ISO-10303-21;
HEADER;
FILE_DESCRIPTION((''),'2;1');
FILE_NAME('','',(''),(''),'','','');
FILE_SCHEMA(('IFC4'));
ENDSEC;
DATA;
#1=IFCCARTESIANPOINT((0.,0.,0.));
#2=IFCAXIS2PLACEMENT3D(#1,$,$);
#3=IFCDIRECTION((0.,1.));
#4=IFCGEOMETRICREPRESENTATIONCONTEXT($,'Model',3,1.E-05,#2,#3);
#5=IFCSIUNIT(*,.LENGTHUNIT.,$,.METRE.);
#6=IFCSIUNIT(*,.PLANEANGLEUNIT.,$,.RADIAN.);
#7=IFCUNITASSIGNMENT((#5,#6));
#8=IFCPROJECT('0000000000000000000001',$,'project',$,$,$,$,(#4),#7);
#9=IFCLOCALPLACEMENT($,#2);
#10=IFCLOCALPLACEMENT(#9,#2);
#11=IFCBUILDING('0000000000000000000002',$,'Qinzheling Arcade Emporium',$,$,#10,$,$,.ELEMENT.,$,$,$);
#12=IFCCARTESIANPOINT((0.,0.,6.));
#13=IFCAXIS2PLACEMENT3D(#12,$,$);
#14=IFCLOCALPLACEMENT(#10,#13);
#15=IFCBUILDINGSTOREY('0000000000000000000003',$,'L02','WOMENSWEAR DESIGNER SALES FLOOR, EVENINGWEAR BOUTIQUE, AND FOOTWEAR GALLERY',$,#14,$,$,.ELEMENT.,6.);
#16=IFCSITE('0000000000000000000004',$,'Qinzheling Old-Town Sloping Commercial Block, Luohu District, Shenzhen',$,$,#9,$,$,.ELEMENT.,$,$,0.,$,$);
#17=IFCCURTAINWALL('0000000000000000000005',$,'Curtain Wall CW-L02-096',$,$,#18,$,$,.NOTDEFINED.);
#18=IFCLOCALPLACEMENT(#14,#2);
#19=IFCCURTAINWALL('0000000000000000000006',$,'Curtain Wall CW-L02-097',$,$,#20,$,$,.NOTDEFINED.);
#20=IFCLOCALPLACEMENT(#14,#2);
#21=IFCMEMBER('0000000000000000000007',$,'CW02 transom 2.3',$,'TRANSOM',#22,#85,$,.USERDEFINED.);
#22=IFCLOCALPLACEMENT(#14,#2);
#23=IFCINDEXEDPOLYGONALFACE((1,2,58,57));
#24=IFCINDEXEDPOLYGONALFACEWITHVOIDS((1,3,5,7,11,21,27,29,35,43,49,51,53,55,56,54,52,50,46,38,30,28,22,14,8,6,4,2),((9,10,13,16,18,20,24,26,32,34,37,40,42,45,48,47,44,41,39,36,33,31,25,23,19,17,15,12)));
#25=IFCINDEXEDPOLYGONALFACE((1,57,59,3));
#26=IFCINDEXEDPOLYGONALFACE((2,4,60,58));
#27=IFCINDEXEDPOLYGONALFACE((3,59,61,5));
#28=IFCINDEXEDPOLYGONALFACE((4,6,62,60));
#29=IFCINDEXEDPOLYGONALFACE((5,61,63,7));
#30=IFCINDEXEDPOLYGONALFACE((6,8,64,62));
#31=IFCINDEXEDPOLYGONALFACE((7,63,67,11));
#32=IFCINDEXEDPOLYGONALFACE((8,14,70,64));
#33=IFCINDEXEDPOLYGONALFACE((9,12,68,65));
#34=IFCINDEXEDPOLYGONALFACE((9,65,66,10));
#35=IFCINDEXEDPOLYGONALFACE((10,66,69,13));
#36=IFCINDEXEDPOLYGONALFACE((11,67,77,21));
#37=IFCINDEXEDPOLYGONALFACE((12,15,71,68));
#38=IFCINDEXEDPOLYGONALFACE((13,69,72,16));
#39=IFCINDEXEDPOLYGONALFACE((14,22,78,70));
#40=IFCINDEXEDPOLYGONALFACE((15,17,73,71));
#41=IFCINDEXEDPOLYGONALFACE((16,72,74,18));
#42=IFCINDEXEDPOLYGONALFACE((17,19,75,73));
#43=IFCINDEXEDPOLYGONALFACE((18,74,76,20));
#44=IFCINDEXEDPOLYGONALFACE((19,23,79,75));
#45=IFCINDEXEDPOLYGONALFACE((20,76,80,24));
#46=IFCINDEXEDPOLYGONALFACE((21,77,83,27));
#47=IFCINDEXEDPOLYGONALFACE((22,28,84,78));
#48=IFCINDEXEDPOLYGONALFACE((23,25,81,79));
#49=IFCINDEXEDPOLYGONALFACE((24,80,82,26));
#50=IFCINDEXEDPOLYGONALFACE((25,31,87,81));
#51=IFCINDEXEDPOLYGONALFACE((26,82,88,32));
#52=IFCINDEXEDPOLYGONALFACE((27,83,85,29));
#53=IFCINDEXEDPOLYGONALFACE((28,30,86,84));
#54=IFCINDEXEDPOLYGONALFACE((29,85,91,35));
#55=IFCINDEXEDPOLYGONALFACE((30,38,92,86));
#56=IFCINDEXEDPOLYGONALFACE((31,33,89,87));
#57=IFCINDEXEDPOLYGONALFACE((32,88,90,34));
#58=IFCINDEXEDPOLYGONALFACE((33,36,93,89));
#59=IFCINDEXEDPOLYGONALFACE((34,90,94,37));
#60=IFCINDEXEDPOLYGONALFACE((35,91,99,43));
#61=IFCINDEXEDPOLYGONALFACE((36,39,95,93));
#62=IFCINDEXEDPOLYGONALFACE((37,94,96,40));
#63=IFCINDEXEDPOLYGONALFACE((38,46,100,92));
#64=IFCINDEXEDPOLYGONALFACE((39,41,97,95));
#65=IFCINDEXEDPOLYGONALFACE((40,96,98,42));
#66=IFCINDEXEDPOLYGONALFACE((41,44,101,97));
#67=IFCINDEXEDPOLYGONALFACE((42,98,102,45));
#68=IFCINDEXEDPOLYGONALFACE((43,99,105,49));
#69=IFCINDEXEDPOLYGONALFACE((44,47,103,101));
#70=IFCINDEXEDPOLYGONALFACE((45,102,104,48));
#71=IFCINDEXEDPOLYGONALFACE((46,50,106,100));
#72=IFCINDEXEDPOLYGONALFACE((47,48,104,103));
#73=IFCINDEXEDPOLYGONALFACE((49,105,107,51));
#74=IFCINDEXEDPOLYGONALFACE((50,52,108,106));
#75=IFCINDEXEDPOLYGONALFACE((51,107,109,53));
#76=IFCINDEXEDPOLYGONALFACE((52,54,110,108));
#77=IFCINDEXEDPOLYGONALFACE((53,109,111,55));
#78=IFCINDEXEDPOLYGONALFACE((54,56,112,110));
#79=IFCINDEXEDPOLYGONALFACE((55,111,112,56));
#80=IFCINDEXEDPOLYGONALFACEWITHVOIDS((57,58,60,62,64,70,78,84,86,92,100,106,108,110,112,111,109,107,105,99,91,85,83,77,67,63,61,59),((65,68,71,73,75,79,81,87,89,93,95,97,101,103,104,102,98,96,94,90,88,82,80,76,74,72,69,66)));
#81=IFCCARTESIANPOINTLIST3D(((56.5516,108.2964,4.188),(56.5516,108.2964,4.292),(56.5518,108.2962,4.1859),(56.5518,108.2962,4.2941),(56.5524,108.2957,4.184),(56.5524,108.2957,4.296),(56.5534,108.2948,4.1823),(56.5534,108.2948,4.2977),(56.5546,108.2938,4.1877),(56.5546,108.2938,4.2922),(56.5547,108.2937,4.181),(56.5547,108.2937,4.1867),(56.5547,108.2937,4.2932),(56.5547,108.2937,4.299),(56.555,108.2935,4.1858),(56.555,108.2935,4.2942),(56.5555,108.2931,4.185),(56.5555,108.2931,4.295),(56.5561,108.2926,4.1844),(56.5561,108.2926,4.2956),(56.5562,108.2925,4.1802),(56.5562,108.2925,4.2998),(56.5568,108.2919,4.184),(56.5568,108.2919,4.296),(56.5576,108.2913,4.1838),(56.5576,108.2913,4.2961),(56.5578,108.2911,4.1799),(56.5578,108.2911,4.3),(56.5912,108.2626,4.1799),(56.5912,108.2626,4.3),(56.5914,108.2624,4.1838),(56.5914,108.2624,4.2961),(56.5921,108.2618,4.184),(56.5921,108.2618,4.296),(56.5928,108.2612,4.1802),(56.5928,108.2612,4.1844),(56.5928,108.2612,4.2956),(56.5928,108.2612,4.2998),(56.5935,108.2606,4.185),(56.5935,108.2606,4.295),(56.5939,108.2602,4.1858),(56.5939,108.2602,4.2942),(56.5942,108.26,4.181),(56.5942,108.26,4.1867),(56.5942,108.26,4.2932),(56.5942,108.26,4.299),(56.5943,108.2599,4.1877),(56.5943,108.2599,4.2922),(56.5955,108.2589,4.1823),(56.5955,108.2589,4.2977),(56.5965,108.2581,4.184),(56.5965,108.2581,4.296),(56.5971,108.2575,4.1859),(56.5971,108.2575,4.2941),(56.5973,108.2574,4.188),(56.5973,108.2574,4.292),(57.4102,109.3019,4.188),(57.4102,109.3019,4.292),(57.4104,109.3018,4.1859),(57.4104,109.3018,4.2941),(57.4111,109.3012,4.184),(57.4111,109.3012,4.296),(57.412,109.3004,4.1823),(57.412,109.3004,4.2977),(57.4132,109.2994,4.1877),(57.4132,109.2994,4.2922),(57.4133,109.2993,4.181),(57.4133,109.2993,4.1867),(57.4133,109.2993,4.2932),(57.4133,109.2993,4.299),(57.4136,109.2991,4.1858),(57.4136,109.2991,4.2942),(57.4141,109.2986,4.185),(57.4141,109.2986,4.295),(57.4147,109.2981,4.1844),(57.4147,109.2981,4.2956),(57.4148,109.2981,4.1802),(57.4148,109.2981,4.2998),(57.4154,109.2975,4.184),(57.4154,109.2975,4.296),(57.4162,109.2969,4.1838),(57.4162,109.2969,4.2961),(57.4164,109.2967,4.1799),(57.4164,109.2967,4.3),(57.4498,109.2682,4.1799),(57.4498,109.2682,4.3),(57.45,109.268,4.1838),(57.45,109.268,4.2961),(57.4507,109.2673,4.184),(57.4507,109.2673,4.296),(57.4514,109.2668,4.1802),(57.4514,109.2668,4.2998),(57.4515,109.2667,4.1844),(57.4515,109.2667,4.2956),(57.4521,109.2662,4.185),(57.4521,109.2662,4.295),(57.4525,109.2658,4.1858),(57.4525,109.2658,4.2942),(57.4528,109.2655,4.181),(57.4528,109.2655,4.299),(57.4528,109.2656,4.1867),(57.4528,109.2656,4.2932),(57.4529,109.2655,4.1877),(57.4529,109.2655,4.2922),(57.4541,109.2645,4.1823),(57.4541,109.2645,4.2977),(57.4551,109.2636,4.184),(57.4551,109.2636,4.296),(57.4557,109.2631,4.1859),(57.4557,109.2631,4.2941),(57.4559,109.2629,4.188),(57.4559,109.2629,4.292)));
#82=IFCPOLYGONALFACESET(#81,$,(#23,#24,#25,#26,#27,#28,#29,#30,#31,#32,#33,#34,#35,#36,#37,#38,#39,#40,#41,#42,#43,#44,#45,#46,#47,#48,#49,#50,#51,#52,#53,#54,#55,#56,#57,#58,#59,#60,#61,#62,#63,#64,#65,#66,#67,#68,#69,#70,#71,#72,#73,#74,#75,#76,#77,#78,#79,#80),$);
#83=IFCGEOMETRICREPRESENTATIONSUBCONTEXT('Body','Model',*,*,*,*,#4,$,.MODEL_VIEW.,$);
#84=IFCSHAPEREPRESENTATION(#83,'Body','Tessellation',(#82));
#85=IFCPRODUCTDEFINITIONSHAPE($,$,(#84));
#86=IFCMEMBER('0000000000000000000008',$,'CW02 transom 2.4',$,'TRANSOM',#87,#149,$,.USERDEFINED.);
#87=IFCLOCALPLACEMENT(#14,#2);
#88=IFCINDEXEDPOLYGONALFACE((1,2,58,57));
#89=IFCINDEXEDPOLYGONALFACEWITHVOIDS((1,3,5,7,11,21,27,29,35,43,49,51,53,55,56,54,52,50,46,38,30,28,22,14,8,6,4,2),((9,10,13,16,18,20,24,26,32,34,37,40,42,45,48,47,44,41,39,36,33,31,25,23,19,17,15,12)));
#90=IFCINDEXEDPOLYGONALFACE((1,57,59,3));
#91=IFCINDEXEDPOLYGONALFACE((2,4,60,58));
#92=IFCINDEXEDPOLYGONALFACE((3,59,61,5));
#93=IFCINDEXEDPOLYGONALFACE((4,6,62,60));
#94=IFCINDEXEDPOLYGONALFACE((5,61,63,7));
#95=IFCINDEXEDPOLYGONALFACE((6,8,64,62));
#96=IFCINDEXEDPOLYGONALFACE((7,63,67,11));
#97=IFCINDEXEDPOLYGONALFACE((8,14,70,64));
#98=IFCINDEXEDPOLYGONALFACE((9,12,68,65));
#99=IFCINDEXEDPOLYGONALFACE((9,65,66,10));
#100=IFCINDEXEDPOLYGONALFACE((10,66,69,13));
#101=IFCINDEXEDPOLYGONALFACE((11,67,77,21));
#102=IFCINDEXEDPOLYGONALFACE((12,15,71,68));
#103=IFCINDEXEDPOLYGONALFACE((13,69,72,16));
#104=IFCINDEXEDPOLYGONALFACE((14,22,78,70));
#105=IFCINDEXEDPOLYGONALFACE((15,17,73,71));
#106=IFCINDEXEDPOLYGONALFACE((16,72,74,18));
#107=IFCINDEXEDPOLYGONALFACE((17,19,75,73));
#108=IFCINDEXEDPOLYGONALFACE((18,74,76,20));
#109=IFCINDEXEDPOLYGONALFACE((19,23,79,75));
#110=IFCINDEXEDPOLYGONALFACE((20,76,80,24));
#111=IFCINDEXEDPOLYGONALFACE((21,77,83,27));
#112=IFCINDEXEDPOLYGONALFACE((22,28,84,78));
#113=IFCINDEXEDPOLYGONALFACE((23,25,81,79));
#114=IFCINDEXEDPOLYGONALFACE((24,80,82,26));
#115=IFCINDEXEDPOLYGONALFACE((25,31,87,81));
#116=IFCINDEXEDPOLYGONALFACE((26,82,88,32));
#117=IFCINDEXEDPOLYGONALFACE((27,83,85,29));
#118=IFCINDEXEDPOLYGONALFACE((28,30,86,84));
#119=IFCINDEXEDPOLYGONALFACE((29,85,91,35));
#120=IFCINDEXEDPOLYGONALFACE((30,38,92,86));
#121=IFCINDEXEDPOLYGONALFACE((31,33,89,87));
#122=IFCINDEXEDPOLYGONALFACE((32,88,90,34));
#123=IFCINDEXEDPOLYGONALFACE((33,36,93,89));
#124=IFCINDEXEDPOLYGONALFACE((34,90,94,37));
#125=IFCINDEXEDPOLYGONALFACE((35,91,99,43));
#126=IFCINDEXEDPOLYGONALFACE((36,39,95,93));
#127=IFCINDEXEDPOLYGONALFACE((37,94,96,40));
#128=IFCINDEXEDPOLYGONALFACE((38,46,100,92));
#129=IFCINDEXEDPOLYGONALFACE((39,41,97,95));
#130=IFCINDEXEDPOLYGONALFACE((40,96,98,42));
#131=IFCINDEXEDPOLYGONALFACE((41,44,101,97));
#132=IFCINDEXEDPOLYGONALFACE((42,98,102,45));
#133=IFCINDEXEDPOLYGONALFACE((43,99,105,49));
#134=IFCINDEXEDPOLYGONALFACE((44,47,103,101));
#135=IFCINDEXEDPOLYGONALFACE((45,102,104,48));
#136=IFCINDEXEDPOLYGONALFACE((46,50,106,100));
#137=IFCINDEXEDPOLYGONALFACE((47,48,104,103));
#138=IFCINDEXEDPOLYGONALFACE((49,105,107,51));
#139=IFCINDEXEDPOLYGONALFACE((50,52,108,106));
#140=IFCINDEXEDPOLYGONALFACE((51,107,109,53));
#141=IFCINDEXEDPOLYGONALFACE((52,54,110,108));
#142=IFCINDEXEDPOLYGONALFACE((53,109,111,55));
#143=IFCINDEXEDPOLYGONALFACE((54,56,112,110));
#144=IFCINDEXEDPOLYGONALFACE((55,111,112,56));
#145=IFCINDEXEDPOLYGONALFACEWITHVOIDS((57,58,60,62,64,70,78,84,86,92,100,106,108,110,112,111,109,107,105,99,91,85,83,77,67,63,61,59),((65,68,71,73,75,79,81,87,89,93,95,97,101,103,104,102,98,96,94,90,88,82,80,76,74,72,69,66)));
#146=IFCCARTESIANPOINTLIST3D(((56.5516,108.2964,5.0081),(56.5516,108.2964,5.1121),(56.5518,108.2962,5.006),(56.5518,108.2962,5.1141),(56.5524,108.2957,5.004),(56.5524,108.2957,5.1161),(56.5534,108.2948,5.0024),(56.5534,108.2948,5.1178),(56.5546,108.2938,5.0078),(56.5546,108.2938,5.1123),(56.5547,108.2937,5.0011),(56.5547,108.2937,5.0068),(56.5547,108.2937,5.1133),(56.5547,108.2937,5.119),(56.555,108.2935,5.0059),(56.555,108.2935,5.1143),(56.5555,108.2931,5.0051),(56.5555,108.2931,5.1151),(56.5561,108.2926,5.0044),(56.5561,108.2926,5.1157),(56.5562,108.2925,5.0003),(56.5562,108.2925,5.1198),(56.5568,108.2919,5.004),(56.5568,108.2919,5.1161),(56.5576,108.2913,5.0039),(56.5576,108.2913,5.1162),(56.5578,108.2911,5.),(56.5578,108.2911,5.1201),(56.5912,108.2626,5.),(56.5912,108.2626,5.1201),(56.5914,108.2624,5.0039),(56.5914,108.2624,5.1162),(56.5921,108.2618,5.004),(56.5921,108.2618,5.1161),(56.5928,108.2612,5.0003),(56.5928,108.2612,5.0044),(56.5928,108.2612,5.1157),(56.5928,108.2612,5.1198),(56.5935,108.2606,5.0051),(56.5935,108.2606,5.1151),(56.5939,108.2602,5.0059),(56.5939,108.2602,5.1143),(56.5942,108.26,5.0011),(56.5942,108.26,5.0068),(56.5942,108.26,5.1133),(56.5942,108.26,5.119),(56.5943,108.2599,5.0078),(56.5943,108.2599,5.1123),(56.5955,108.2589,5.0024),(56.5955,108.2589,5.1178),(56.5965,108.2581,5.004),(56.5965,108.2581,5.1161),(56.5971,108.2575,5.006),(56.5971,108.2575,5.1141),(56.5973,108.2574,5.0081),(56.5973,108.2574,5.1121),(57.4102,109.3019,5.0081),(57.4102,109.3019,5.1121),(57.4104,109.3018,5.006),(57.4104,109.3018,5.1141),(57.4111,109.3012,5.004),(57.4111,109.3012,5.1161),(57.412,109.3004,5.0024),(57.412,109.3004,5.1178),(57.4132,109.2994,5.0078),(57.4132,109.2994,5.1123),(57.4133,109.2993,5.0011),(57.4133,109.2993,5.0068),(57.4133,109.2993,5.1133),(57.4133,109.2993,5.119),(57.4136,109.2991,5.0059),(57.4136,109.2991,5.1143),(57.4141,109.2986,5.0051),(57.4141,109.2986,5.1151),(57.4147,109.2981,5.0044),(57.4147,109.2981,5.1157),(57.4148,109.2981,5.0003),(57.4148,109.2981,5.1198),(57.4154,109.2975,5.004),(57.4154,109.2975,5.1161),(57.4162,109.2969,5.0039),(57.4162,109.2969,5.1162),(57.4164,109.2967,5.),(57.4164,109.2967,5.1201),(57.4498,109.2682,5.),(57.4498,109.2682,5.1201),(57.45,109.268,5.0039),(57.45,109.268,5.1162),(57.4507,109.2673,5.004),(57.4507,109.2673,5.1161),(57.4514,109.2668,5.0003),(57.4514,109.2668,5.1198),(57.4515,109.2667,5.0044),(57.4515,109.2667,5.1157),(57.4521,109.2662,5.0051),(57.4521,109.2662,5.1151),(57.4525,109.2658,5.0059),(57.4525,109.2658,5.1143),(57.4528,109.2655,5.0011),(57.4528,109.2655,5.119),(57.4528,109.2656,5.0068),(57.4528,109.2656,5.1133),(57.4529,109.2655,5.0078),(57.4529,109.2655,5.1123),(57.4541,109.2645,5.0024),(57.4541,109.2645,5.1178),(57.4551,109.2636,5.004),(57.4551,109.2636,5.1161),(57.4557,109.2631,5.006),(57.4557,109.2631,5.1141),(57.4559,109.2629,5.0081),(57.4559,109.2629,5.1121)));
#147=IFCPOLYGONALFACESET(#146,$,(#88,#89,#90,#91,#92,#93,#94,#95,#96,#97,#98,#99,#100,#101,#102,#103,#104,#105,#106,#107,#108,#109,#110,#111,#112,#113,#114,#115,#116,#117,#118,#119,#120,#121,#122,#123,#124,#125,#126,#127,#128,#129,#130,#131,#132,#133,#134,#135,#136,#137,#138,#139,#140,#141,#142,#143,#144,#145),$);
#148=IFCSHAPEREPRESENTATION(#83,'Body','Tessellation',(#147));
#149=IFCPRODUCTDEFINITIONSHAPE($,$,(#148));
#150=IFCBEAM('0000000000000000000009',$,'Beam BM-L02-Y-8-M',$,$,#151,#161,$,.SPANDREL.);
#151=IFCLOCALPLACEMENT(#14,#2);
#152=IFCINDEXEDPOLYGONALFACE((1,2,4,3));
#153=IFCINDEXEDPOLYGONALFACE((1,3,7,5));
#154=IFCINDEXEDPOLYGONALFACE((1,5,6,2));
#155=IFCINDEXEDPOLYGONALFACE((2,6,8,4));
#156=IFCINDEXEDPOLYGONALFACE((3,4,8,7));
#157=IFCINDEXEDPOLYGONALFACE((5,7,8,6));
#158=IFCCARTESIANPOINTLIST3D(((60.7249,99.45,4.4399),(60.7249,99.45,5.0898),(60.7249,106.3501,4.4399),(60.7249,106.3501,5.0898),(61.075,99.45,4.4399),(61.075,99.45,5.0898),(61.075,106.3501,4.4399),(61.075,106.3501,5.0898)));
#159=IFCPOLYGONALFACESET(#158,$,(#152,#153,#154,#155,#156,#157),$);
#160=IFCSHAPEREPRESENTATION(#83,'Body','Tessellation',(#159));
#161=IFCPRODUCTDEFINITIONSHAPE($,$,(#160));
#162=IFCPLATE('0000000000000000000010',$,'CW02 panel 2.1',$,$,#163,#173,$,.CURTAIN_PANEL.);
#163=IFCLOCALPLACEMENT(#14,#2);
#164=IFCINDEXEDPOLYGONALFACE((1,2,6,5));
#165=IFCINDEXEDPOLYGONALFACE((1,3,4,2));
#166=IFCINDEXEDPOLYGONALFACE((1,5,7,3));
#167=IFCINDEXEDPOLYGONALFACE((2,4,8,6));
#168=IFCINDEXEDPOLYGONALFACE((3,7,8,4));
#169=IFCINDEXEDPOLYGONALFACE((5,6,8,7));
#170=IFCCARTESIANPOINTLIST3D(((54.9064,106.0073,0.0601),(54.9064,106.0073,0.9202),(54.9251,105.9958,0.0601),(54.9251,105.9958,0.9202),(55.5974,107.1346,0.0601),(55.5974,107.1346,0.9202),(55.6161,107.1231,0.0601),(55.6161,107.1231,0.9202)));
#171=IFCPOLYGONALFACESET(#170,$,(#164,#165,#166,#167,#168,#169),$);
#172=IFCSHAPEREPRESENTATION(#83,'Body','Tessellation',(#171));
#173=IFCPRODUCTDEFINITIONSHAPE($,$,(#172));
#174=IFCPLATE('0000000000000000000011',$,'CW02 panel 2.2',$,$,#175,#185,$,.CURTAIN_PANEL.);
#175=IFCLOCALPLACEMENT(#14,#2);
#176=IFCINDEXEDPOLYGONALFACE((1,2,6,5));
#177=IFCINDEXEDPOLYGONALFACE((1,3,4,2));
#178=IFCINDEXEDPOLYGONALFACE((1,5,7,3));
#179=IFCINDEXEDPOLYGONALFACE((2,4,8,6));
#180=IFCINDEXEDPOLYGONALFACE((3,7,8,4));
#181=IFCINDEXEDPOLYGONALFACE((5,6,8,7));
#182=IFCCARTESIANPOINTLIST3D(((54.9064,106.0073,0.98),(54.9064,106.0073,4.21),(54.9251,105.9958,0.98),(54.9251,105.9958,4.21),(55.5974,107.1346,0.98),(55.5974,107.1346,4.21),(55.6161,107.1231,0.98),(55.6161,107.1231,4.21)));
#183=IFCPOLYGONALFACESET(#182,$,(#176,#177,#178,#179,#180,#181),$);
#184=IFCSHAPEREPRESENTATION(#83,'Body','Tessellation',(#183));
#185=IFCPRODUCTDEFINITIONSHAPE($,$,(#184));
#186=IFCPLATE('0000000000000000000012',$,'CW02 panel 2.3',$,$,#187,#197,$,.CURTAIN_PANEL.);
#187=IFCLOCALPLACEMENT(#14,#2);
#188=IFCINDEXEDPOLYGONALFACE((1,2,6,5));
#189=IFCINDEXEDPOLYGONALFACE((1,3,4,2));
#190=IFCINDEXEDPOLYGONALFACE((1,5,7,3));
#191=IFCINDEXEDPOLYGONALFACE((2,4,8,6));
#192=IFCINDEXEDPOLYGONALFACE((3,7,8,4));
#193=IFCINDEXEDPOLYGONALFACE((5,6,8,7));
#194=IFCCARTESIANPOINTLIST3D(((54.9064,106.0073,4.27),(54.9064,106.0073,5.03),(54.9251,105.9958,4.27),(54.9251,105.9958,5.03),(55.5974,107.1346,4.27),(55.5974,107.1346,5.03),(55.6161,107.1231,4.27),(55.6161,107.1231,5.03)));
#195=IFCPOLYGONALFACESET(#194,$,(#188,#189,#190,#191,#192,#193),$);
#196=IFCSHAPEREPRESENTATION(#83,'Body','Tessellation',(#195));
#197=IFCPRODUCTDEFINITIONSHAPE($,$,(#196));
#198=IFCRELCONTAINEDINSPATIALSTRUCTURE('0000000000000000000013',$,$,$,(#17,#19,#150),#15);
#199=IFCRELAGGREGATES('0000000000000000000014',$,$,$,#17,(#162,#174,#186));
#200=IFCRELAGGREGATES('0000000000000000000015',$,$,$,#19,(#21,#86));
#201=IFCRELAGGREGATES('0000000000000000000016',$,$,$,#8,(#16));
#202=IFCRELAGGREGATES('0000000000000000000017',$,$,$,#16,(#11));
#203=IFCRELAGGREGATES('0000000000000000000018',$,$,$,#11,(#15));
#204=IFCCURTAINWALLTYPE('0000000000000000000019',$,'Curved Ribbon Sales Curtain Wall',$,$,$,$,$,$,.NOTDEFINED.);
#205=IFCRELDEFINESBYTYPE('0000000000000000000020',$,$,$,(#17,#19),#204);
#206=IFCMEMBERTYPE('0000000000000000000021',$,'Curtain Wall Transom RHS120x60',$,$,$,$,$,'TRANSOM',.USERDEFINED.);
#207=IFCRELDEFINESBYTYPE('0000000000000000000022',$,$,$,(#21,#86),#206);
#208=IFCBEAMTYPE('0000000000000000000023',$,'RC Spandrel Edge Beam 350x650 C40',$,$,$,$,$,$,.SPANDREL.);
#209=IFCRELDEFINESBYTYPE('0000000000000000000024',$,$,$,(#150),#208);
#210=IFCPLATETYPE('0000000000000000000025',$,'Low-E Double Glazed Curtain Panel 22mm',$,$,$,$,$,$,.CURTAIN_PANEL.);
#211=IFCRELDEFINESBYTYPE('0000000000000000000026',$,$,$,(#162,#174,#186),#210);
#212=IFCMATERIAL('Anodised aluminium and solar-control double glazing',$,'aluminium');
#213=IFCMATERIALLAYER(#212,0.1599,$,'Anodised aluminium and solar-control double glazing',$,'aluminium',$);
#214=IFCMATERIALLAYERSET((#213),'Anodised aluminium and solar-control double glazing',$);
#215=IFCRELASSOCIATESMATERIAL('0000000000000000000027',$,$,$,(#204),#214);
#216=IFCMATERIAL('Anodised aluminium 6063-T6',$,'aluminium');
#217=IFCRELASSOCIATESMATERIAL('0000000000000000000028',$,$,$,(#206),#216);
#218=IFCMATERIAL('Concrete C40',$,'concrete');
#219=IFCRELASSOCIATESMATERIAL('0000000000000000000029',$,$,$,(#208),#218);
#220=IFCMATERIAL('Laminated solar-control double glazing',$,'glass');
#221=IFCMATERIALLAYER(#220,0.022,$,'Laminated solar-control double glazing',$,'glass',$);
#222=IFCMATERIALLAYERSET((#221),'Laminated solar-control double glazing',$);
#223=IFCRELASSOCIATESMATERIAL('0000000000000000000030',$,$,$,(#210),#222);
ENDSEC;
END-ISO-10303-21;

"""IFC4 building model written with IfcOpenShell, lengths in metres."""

from ifc_helpers import new_model, si_unit, direction, frame, origin, origin_2d, place, context, subcontext, project, spatial, rectangle, hollow_rectangle, extrude, material, layer, layer_set, material_profile, profile_set, type_object, element, aggregate, save


model = new_model("IFC4")

# Units and contexts
model_context = context("Model", 3, precision=1e-05, world=origin(), true_north=direction((0.0, 1.0)))
body_context = subcontext(model_context, "Body", "Model", "MODEL_VIEW")
ifc_project = project(units=[si_unit("LENGTHUNIT", "METRE"), si_unit("PLANEANGLEUNIT", "RADIAN")], contexts=[model_context])

# Site, building, storey
site_placement = place(None, origin())
site = spatial("IfcSite", under=ifc_project, at=site_placement, Name="Qinzheling Old-Town Sloping Commercial Block, Luohu District, Shenzhen", CompositionType="ELEMENT", RefElevation=0.0)
building_placement = place(site_placement, origin())
building = spatial("IfcBuilding", under=site, at=building_placement, Name="Qinzheling Arcade Emporium", CompositionType="ELEMENT")
storey_placement = place(building_placement, frame((0.0, 0.0, 6.0)))
storey = spatial("IfcBuildingStorey", under=building, at=storey_placement, Name="L02", Description="WOMENSWEAR DESIGNER SALES FLOOR, EVENINGWEAR BOUTIQUE, AND FOOTWEAR GALLERY", CompositionType="ELEMENT", Elevation=6.0)

# Curtain wall
ifc_material_1 = material(Name="Anodised aluminium and solar-control double glazing", Category="aluminium")
ifc_layer_1 = layer(ifc_material_1, 0.1599, Name="Anodised aluminium and solar-control double glazing", Category="aluminium")
ifc_layer_set_1 = layer_set([ifc_layer_1], Name="Anodised aluminium and solar-control double glazing")
curtain_wall_type = type_object("IfcCurtainWallType", Name="Curved Ribbon Sales Curtain Wall", PredefinedType="NOTDEFINED", material=ifc_layer_set_1)
curtain_wall_1_placement = place(storey_placement, origin())
curtain_wall_1 = element("IfcCurtainWall", 1, at=curtain_wall_1_placement, inside=storey, type_object=curtain_wall_type, Name="Curtain Wall CW-L02-096", PredefinedType="NOTDEFINED")
ifc_material_2 = material(Name="Anodised aluminium 6063-T6", Category="aluminium")

# Curtain wall
curtain_wall_2_placement = place(storey_placement, origin())
curtain_wall_2 = element("IfcCurtainWall", 2, at=curtain_wall_2_placement, inside=storey, type_object=curtain_wall_type, Name="Curtain Wall CW-L02-097", PredefinedType="NOTDEFINED")

# Members
ifc_material_profile_1 = material_profile(ifc_material_2, hollow_rectangle(XDim=0.0601, YDim=0.1201, WallThickness=0.0039, InnerFilletRadius=0.0039, OuterFilletRadius=0.0081, at=origin_2d()), Name="RHS 120x60x4", Category="aluminium")
ifc_profile_set_1 = profile_set([ifc_material_profile_1], Name="Anodised aluminium 6063-T6")
member_type_1 = type_object("IfcMemberType", Name="Curtain Wall Transom RHS120x60", ElementType="TRANSOM", PredefinedType="USERDEFINED", material=ifc_profile_set_1)
member_1_placement = place(storey_placement, frame((56.5745, 108.2769, 4.24), z_axis=(0.649346, 0.760493, 0.0), x_axis=(-0.760493, 0.649346, 0.0)))
member_1 = element("IfcMember", 3, at=member_1_placement, type_object=member_type_1, Name="CW02 transom 2.3", ObjectType="TRANSOM", PredefinedType="USERDEFINED", context=body_context, shape_type="SweptSolid", body=[
    extrude(hollow_rectangle(XDim=0.0601, YDim=0.1201, WallThickness=0.0039, InnerFilletRadius=0.0039, OuterFilletRadius=0.0081, at=origin_2d()), origin(), (0.0, 0.0, 1.0), 1.3223),
])
member_2_placement = place(storey_placement, frame((56.5745, 108.2769, 5.0601), z_axis=(0.649346, 0.760493, 0.0), x_axis=(-0.760493, 0.649346, 0.0)))
member_2 = element("IfcMember", 4, at=member_2_placement, type_object=member_type_1, Name="CW02 transom 2.4", ObjectType="TRANSOM", PredefinedType="USERDEFINED", context=body_context, shape_type="SweptSolid", body=[
    extrude(hollow_rectangle(XDim=0.0601, YDim=0.1201, WallThickness=0.0039, InnerFilletRadius=0.0039, OuterFilletRadius=0.0081, at=origin_2d()), origin(), (0.0, 0.0, 1.0), 1.3223),
])

# Beam
ifc_material_3 = material(Name="Concrete C40", Category="concrete")
ifc_material_profile_2 = material_profile(ifc_material_3, rectangle(XDim=0.3501, YDim=0.6499, at=origin_2d()), Name="RC 350x650", Category="concrete")
ifc_profile_set_2 = profile_set([ifc_material_profile_2], Name="Concrete C40")
beam_type = type_object("IfcBeamType", Name="RC Spandrel Edge Beam 350x650 C40", PredefinedType="SPANDREL", material=ifc_profile_set_2)
beam_placement = place(storey_placement, frame((60.8999, 99.45, 4.7649), z_axis=(0.0, 1.0, 0.0), x_axis=(-1.0, 0.0, 0.0)))
element("IfcBeam", 5, at=beam_placement, inside=storey, type_object=beam_type, Name="Beam BM-L02-Y-8-M", PredefinedType="SPANDREL", context=body_context, shape_type="SweptSolid", body=[
    extrude(rectangle(XDim=0.3501, YDim=0.6499, at=origin_2d()), origin(), (0.0, 0.0, 1.0), 6.9001),
])

# Plates
ifc_material_4 = material(Name="Laminated solar-control double glazing", Category="glass")
ifc_layer_2 = layer(ifc_material_4, 0.022, Name="Laminated solar-control double glazing", Category="glass")
ifc_layer_set_2 = layer_set([ifc_layer_2], Name="Laminated solar-control double glazing")
plate_type_1 = type_object("IfcPlateType", Name="Low-E Double Glazed Curtain Panel 22mm", PredefinedType="CURTAIN_PANEL", material=ifc_layer_set_2)
plate_1_placement = place(storey_placement, frame((55.2612, 106.5652, 0.0601), z_axis=(0.0, 0.0, 1.0), x_axis=(0.522595, 0.852581, 0.0)))
plate_1 = element("IfcPlate", 6, at=plate_1_placement, type_object=plate_type_1, Name="CW02 panel 2.1", PredefinedType="CURTAIN_PANEL", context=body_context, shape_type="SweptSolid", body=[
    extrude(rectangle(XDim=1.3223, YDim=0.022, at=origin_2d()), origin(), (0.0, 0.0, 1.0), 0.8601),
])
plate_2_placement = place(storey_placement, frame((55.2612, 106.5652, 0.98), z_axis=(0.0, 0.0, 1.0), x_axis=(0.522595, 0.852581, 0.0)))
plate_2 = element("IfcPlate", 7, at=plate_2_placement, type_object=plate_type_1, Name="CW02 panel 2.2", PredefinedType="CURTAIN_PANEL", context=body_context, shape_type="SweptSolid", body=[
    extrude(rectangle(XDim=1.3223, YDim=0.022, at=origin_2d()), origin(), (0.0, 0.0, 1.0), 3.23),
])
plate_3_placement = place(storey_placement, frame((55.2612, 106.5652, 4.27), z_axis=(0.0, 0.0, 1.0), x_axis=(0.522595, 0.852581, 0.0)))
plate_3 = element("IfcPlate", 8, at=plate_3_placement, type_object=plate_type_1, Name="CW02 panel 2.3", PredefinedType="CURTAIN_PANEL", context=body_context, shape_type="SweptSolid", body=[
    extrude(rectangle(XDim=1.3223, YDim=0.022, at=origin_2d()), origin(), (0.0, 0.0, 1.0), 0.76),
])
aggregate(curtain_wall_1, [plate_1, plate_2, plate_3])
aggregate(curtain_wall_2, [member_1, member_2])

save(model, "model.ifc")
